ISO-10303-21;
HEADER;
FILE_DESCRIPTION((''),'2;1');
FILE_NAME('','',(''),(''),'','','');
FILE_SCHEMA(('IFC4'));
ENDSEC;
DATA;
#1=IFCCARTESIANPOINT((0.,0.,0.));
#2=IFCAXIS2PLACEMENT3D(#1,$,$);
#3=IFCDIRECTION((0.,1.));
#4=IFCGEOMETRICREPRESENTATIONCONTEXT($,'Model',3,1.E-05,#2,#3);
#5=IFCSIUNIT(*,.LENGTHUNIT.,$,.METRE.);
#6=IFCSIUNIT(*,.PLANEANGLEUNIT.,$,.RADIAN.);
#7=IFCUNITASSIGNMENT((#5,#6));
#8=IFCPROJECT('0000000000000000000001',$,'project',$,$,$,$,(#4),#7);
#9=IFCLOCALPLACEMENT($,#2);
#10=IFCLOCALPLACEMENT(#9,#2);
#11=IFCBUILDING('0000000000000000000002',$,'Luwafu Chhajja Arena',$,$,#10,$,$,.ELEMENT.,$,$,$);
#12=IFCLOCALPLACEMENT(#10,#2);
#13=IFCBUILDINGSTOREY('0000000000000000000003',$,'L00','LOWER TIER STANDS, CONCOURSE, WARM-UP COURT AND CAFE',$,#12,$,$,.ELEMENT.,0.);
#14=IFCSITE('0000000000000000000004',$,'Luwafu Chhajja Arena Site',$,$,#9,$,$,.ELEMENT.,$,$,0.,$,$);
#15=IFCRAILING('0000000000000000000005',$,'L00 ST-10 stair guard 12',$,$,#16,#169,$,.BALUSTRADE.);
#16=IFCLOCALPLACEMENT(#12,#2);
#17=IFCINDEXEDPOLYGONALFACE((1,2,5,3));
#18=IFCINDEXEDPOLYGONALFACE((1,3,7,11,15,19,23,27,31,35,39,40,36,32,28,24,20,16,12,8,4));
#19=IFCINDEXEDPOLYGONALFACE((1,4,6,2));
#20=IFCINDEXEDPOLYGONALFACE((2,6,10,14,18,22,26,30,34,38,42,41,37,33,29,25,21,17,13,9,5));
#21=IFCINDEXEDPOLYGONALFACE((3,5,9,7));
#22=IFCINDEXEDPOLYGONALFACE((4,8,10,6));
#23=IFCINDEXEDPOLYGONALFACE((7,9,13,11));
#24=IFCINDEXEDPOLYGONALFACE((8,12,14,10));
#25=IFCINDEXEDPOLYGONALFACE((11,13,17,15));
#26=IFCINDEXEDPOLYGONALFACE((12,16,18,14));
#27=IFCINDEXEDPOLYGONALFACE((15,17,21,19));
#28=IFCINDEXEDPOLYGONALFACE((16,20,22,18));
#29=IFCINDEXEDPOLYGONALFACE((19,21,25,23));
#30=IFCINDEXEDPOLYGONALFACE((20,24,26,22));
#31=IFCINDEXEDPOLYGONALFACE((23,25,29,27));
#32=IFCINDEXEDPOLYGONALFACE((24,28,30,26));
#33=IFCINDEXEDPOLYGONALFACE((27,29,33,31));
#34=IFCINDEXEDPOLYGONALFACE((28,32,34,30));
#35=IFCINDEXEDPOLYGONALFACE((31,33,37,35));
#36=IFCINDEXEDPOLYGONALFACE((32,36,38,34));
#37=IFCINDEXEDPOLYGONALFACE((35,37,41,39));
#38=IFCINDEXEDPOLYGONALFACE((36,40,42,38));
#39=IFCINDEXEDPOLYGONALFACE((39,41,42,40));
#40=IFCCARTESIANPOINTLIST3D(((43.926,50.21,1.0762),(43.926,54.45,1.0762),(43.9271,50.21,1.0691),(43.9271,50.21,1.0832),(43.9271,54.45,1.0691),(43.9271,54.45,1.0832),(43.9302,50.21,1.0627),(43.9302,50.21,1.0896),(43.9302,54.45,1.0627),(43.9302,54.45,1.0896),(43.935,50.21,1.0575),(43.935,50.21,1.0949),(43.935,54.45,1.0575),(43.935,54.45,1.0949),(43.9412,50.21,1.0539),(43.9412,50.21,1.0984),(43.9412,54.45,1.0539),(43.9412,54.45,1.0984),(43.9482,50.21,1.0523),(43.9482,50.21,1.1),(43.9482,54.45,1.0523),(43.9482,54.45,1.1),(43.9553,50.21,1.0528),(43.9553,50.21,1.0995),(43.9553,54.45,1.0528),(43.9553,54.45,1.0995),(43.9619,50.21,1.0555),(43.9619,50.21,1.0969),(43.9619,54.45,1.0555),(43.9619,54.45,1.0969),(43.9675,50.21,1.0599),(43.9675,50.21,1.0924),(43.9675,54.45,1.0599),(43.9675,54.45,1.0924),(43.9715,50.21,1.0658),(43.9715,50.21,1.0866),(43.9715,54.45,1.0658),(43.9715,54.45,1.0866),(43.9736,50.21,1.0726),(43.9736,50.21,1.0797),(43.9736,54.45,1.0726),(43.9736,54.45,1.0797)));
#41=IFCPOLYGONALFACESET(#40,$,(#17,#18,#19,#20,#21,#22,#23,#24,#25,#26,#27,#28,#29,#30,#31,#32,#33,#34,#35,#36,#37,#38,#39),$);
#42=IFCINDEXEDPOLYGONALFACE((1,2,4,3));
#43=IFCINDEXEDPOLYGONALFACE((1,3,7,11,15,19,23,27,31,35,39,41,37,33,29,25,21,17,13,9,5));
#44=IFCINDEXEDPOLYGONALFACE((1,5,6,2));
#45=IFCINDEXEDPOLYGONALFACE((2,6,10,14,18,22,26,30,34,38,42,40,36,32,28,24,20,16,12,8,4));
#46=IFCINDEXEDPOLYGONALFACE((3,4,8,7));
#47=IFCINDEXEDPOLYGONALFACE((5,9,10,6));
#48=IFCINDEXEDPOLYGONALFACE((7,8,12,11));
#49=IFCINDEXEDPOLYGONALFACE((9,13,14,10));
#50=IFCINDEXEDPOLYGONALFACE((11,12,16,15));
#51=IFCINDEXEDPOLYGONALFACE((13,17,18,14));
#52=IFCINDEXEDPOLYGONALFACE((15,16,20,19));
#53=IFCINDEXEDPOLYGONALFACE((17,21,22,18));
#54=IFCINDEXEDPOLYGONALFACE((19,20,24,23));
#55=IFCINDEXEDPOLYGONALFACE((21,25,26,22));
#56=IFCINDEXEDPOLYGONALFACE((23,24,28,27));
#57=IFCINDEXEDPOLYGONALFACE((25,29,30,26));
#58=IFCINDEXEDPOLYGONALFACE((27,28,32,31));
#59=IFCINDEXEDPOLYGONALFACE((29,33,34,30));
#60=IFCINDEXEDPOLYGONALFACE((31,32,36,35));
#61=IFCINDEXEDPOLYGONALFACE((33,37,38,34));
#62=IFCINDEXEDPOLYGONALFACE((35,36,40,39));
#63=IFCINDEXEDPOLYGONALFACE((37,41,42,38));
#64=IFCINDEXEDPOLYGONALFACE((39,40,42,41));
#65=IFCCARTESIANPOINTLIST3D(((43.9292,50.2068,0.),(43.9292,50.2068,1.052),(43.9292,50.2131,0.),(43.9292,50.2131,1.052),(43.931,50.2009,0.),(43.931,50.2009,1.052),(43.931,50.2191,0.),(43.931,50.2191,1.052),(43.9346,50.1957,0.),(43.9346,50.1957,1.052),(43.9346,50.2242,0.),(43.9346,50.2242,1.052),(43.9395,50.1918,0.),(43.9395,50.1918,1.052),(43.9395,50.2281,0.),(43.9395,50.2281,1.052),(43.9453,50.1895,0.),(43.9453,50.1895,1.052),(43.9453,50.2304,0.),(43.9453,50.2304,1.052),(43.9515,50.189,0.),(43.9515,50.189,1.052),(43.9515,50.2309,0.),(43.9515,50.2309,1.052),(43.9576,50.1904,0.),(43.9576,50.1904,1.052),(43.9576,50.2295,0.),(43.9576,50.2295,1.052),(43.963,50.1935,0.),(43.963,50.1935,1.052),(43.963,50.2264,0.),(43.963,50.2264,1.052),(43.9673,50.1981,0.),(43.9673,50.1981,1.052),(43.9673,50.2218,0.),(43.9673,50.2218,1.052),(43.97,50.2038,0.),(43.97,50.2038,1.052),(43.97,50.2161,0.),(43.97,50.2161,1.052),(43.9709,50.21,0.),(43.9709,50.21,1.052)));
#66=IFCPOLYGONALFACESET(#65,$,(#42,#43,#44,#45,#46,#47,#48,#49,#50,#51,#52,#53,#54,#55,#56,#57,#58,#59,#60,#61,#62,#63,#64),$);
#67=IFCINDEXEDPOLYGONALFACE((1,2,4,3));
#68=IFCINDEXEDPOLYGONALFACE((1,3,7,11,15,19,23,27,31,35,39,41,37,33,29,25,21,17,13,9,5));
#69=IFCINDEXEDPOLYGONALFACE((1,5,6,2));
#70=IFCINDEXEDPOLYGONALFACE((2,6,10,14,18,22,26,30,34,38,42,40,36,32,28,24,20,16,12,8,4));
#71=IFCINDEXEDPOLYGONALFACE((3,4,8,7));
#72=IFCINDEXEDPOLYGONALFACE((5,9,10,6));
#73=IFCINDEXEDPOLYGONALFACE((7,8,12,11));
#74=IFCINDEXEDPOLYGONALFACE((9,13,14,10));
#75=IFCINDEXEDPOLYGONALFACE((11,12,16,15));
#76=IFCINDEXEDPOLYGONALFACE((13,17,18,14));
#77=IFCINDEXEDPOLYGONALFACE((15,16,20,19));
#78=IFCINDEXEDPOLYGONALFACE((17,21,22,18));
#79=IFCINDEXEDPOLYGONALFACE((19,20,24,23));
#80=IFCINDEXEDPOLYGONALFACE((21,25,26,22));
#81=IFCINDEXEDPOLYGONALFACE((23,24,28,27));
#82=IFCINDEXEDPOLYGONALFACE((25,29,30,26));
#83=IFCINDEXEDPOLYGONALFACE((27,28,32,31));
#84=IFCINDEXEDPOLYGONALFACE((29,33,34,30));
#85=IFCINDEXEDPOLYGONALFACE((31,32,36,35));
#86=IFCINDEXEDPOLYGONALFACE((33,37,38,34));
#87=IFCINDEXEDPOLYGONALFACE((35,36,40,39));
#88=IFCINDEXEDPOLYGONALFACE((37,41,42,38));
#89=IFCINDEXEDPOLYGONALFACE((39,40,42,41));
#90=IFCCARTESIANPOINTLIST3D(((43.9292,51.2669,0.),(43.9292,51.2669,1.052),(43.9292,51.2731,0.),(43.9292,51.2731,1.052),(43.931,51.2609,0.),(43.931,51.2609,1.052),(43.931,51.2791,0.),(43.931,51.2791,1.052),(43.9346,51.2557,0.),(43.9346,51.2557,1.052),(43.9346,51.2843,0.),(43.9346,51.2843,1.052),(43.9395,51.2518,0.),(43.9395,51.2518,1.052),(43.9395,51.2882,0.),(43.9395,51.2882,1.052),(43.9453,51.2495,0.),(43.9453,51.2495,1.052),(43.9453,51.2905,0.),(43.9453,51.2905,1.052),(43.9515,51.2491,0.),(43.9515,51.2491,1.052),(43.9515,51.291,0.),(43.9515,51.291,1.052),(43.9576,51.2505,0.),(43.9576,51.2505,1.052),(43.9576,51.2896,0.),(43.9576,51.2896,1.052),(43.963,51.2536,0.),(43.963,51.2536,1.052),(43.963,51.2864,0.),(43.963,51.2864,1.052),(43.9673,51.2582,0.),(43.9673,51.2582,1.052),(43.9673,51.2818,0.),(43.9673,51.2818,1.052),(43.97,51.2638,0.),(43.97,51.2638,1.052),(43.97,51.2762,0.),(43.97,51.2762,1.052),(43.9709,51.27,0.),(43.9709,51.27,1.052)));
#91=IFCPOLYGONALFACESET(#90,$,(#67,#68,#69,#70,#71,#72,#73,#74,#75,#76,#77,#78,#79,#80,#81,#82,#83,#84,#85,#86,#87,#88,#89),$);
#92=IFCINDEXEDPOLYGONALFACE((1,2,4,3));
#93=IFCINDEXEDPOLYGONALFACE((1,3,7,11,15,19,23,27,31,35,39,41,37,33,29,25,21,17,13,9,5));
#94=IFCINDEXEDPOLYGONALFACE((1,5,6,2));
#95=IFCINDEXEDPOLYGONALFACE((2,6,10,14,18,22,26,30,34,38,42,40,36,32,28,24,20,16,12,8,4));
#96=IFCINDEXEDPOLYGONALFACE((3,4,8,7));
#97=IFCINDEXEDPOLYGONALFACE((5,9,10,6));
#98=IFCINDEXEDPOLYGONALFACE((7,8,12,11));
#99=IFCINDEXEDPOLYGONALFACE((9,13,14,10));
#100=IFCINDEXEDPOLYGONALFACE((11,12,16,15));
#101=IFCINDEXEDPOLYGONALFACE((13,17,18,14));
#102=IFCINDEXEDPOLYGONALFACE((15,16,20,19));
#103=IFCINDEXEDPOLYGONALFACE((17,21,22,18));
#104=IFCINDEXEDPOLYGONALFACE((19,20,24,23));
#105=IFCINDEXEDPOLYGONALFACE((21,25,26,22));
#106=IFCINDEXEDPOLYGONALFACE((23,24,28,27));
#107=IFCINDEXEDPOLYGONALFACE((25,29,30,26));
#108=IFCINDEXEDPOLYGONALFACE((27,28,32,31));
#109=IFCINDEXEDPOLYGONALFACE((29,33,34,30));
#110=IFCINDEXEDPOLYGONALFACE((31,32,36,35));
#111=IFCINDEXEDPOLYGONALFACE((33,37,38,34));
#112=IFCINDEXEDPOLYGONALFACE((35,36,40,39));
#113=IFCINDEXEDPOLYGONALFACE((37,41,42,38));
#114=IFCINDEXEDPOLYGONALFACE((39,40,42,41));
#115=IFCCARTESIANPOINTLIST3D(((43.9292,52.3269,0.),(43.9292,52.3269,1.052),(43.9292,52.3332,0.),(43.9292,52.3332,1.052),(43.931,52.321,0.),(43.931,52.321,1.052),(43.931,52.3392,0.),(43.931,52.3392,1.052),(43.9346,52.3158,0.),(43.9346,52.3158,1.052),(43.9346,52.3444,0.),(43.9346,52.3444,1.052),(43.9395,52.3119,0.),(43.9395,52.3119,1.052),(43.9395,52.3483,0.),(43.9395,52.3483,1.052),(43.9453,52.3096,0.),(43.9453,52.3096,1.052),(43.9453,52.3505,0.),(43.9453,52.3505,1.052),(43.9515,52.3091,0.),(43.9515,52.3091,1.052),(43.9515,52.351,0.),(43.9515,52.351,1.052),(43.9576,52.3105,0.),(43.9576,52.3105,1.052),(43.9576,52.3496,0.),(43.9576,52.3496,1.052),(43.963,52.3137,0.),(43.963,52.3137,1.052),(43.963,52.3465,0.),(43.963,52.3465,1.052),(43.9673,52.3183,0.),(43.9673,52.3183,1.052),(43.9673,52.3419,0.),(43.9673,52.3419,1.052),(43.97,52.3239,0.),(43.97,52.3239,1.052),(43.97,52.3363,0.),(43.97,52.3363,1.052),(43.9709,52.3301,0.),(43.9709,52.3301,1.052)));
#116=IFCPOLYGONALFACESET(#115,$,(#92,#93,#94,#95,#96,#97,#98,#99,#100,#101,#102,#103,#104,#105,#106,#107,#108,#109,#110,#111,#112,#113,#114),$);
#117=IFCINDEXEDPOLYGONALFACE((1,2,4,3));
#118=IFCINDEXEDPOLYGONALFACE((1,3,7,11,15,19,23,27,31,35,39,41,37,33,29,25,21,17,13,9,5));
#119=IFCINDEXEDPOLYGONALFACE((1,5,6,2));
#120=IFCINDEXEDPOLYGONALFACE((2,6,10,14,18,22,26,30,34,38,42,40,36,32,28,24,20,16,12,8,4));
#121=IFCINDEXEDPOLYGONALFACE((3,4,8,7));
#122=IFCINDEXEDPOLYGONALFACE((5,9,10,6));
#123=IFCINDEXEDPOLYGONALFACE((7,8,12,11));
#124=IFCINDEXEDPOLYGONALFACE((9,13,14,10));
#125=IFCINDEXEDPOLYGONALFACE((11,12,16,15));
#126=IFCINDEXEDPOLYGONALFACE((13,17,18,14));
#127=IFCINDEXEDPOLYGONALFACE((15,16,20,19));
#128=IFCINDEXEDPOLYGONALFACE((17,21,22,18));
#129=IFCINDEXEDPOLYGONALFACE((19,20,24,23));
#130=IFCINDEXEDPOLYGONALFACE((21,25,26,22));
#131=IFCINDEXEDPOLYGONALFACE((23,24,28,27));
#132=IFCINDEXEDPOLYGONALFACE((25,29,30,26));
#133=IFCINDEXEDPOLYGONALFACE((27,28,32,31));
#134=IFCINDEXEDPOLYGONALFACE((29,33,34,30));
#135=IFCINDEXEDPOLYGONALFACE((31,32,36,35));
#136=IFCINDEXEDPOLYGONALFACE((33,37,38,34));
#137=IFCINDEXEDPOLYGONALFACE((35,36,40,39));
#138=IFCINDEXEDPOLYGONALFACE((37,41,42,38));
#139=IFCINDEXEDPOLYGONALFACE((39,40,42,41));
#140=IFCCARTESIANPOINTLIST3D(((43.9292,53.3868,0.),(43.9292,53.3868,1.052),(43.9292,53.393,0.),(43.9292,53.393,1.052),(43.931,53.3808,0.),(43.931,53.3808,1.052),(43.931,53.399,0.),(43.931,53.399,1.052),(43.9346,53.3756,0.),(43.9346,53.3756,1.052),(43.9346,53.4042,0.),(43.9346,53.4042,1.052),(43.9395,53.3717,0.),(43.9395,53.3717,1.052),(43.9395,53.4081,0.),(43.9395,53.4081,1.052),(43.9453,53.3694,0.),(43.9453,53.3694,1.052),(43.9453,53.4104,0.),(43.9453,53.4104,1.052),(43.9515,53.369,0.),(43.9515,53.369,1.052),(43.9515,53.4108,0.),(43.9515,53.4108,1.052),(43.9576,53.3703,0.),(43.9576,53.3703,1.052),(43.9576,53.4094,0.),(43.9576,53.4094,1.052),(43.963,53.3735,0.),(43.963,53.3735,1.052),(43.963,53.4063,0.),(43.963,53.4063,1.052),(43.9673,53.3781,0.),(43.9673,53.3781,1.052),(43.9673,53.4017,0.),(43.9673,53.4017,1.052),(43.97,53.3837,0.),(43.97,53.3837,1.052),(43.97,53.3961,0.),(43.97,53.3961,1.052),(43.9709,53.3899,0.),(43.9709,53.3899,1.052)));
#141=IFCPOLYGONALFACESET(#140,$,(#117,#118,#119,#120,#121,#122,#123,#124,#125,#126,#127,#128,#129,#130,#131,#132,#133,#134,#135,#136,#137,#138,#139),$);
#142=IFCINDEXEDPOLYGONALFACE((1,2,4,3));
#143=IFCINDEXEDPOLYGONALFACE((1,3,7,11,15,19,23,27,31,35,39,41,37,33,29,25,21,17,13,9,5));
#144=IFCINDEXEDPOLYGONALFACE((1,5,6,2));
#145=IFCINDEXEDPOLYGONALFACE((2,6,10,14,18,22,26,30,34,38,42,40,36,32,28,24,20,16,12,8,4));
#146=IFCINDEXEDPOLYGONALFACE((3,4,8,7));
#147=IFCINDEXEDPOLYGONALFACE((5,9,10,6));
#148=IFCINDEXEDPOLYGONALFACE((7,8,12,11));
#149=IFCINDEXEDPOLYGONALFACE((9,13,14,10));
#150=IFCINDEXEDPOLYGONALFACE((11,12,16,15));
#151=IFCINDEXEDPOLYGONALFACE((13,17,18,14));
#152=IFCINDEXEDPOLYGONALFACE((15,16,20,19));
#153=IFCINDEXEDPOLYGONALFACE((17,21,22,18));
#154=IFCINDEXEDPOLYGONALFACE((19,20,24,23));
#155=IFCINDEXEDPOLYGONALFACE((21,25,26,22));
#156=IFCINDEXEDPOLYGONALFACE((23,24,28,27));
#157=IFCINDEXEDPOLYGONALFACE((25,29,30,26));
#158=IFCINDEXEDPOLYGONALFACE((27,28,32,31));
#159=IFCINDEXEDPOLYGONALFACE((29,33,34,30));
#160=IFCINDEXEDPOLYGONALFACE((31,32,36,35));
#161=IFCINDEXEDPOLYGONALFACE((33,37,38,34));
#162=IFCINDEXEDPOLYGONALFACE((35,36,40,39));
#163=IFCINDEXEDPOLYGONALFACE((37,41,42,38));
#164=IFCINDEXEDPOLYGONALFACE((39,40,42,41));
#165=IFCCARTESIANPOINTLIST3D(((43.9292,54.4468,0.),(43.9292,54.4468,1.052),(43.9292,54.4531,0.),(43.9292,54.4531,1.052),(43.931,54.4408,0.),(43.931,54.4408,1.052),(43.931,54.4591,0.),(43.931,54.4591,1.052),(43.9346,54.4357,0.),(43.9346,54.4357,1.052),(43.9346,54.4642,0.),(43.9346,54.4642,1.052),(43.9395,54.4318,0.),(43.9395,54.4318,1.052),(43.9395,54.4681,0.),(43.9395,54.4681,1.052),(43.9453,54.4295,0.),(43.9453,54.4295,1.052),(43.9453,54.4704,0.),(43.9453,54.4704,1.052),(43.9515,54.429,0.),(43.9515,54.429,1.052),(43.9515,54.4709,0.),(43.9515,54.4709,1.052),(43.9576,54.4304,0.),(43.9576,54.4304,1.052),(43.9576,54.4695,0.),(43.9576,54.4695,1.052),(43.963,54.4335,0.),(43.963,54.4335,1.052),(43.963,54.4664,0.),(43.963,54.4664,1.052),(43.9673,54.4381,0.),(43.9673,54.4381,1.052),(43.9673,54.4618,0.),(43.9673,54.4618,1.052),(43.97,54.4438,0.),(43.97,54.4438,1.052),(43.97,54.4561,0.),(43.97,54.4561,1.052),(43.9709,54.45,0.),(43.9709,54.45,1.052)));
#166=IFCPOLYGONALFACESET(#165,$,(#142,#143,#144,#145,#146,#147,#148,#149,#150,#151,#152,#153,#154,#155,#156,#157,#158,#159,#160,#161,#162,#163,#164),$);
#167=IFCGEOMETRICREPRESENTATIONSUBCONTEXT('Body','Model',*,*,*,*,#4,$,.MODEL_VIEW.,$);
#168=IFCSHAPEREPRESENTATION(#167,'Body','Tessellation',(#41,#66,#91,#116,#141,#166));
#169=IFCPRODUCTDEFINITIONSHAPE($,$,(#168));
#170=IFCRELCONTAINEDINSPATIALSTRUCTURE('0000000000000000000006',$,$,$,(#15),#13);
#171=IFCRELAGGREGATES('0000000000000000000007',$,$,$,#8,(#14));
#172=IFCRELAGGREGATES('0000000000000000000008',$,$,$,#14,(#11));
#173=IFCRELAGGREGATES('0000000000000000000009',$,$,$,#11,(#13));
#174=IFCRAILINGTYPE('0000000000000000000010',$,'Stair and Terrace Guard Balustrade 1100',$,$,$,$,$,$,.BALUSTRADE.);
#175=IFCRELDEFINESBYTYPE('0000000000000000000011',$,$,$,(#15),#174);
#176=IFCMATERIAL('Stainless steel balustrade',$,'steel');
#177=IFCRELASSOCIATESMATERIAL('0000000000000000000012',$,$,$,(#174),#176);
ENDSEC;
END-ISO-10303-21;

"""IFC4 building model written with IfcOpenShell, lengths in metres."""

from ifc_helpers import new_model, si_unit, direction, frame, origin, origin_2d, place, context, subcontext, project, spatial, circle, extrude, material, type_object, element, save


model = new_model("IFC4")

# Units and contexts
model_context = context("Model", 3, precision=1e-05, world=origin(), true_north=direction((0.0, 1.0)))
body_context = subcontext(model_context, "Body", "Model", "MODEL_VIEW")
ifc_project = project(units=[si_unit("LENGTHUNIT", "METRE"), si_unit("PLANEANGLEUNIT", "RADIAN")], contexts=[model_context])

# Site, building, storey
site_placement = place(None, origin())
site = spatial("IfcSite", under=ifc_project, at=site_placement, Name="Luwafu Chhajja Arena Site", CompositionType="ELEMENT", RefElevation=0.0)
building_placement = place(site_placement, origin())
building = spatial("IfcBuilding", under=site, at=building_placement, Name="Luwafu Chhajja Arena", CompositionType="ELEMENT")
storey_placement = place(building_placement, origin())
storey = spatial("IfcBuildingStorey", under=building, at=storey_placement, Name="L00", Description="LOWER TIER STANDS, CONCOURSE, WARM-UP COURT AND CAFE", CompositionType="ELEMENT", Elevation=0.0)

# Railing
ifc_material_1 = material(Name="Stainless steel balustrade", Category="steel")
railing_type_1 = type_object("IfcRailingType", Name="Stair and Terrace Guard Balustrade 1100", PredefinedType="BALUSTRADE", material=ifc_material_1)
railing_1_placement = place(storey_placement, frame((43.95, 50.21, 0.0)))
element("IfcRailing", 1, at=railing_1_placement, inside=storey, type_object=railing_type_1, Name="L00 ST-10 stair guard 12", PredefinedType="BALUSTRADE", context=body_context, shape_type="SweptSolid", body=[
    extrude(circle(Radius=0.0239, at=origin_2d()), frame((0.0, 0.0, 1.0762), z_axis=(0.0, 1.0, 0.0), x_axis=(-1.0, 0.0, 0.0)), (0.0, 0.0, 1.0), 4.24),
    extrude(circle(Radius=0.021, at=origin_2d()), origin(), (0.0, 0.0, 1.0), 1.052),
    extrude(circle(Radius=0.021, at=origin_2d()), frame((0.0, 1.0601, 0.0)), (0.0, 0.0, 1.0), 1.052),
    extrude(circle(Radius=0.021, at=origin_2d()), frame((0.0, 2.1201, 0.0)), (0.0, 0.0, 1.0), 1.052),
    extrude(circle(Radius=0.021, at=origin_2d()), frame((0.0, 3.1799, 0.0)), (0.0, 0.0, 1.0), 1.052),
    extrude(circle(Radius=0.021, at=origin_2d()), frame((0.0, 4.24, 0.0)), (0.0, 0.0, 1.0), 1.052),
])

save(model, "model.ifc")
